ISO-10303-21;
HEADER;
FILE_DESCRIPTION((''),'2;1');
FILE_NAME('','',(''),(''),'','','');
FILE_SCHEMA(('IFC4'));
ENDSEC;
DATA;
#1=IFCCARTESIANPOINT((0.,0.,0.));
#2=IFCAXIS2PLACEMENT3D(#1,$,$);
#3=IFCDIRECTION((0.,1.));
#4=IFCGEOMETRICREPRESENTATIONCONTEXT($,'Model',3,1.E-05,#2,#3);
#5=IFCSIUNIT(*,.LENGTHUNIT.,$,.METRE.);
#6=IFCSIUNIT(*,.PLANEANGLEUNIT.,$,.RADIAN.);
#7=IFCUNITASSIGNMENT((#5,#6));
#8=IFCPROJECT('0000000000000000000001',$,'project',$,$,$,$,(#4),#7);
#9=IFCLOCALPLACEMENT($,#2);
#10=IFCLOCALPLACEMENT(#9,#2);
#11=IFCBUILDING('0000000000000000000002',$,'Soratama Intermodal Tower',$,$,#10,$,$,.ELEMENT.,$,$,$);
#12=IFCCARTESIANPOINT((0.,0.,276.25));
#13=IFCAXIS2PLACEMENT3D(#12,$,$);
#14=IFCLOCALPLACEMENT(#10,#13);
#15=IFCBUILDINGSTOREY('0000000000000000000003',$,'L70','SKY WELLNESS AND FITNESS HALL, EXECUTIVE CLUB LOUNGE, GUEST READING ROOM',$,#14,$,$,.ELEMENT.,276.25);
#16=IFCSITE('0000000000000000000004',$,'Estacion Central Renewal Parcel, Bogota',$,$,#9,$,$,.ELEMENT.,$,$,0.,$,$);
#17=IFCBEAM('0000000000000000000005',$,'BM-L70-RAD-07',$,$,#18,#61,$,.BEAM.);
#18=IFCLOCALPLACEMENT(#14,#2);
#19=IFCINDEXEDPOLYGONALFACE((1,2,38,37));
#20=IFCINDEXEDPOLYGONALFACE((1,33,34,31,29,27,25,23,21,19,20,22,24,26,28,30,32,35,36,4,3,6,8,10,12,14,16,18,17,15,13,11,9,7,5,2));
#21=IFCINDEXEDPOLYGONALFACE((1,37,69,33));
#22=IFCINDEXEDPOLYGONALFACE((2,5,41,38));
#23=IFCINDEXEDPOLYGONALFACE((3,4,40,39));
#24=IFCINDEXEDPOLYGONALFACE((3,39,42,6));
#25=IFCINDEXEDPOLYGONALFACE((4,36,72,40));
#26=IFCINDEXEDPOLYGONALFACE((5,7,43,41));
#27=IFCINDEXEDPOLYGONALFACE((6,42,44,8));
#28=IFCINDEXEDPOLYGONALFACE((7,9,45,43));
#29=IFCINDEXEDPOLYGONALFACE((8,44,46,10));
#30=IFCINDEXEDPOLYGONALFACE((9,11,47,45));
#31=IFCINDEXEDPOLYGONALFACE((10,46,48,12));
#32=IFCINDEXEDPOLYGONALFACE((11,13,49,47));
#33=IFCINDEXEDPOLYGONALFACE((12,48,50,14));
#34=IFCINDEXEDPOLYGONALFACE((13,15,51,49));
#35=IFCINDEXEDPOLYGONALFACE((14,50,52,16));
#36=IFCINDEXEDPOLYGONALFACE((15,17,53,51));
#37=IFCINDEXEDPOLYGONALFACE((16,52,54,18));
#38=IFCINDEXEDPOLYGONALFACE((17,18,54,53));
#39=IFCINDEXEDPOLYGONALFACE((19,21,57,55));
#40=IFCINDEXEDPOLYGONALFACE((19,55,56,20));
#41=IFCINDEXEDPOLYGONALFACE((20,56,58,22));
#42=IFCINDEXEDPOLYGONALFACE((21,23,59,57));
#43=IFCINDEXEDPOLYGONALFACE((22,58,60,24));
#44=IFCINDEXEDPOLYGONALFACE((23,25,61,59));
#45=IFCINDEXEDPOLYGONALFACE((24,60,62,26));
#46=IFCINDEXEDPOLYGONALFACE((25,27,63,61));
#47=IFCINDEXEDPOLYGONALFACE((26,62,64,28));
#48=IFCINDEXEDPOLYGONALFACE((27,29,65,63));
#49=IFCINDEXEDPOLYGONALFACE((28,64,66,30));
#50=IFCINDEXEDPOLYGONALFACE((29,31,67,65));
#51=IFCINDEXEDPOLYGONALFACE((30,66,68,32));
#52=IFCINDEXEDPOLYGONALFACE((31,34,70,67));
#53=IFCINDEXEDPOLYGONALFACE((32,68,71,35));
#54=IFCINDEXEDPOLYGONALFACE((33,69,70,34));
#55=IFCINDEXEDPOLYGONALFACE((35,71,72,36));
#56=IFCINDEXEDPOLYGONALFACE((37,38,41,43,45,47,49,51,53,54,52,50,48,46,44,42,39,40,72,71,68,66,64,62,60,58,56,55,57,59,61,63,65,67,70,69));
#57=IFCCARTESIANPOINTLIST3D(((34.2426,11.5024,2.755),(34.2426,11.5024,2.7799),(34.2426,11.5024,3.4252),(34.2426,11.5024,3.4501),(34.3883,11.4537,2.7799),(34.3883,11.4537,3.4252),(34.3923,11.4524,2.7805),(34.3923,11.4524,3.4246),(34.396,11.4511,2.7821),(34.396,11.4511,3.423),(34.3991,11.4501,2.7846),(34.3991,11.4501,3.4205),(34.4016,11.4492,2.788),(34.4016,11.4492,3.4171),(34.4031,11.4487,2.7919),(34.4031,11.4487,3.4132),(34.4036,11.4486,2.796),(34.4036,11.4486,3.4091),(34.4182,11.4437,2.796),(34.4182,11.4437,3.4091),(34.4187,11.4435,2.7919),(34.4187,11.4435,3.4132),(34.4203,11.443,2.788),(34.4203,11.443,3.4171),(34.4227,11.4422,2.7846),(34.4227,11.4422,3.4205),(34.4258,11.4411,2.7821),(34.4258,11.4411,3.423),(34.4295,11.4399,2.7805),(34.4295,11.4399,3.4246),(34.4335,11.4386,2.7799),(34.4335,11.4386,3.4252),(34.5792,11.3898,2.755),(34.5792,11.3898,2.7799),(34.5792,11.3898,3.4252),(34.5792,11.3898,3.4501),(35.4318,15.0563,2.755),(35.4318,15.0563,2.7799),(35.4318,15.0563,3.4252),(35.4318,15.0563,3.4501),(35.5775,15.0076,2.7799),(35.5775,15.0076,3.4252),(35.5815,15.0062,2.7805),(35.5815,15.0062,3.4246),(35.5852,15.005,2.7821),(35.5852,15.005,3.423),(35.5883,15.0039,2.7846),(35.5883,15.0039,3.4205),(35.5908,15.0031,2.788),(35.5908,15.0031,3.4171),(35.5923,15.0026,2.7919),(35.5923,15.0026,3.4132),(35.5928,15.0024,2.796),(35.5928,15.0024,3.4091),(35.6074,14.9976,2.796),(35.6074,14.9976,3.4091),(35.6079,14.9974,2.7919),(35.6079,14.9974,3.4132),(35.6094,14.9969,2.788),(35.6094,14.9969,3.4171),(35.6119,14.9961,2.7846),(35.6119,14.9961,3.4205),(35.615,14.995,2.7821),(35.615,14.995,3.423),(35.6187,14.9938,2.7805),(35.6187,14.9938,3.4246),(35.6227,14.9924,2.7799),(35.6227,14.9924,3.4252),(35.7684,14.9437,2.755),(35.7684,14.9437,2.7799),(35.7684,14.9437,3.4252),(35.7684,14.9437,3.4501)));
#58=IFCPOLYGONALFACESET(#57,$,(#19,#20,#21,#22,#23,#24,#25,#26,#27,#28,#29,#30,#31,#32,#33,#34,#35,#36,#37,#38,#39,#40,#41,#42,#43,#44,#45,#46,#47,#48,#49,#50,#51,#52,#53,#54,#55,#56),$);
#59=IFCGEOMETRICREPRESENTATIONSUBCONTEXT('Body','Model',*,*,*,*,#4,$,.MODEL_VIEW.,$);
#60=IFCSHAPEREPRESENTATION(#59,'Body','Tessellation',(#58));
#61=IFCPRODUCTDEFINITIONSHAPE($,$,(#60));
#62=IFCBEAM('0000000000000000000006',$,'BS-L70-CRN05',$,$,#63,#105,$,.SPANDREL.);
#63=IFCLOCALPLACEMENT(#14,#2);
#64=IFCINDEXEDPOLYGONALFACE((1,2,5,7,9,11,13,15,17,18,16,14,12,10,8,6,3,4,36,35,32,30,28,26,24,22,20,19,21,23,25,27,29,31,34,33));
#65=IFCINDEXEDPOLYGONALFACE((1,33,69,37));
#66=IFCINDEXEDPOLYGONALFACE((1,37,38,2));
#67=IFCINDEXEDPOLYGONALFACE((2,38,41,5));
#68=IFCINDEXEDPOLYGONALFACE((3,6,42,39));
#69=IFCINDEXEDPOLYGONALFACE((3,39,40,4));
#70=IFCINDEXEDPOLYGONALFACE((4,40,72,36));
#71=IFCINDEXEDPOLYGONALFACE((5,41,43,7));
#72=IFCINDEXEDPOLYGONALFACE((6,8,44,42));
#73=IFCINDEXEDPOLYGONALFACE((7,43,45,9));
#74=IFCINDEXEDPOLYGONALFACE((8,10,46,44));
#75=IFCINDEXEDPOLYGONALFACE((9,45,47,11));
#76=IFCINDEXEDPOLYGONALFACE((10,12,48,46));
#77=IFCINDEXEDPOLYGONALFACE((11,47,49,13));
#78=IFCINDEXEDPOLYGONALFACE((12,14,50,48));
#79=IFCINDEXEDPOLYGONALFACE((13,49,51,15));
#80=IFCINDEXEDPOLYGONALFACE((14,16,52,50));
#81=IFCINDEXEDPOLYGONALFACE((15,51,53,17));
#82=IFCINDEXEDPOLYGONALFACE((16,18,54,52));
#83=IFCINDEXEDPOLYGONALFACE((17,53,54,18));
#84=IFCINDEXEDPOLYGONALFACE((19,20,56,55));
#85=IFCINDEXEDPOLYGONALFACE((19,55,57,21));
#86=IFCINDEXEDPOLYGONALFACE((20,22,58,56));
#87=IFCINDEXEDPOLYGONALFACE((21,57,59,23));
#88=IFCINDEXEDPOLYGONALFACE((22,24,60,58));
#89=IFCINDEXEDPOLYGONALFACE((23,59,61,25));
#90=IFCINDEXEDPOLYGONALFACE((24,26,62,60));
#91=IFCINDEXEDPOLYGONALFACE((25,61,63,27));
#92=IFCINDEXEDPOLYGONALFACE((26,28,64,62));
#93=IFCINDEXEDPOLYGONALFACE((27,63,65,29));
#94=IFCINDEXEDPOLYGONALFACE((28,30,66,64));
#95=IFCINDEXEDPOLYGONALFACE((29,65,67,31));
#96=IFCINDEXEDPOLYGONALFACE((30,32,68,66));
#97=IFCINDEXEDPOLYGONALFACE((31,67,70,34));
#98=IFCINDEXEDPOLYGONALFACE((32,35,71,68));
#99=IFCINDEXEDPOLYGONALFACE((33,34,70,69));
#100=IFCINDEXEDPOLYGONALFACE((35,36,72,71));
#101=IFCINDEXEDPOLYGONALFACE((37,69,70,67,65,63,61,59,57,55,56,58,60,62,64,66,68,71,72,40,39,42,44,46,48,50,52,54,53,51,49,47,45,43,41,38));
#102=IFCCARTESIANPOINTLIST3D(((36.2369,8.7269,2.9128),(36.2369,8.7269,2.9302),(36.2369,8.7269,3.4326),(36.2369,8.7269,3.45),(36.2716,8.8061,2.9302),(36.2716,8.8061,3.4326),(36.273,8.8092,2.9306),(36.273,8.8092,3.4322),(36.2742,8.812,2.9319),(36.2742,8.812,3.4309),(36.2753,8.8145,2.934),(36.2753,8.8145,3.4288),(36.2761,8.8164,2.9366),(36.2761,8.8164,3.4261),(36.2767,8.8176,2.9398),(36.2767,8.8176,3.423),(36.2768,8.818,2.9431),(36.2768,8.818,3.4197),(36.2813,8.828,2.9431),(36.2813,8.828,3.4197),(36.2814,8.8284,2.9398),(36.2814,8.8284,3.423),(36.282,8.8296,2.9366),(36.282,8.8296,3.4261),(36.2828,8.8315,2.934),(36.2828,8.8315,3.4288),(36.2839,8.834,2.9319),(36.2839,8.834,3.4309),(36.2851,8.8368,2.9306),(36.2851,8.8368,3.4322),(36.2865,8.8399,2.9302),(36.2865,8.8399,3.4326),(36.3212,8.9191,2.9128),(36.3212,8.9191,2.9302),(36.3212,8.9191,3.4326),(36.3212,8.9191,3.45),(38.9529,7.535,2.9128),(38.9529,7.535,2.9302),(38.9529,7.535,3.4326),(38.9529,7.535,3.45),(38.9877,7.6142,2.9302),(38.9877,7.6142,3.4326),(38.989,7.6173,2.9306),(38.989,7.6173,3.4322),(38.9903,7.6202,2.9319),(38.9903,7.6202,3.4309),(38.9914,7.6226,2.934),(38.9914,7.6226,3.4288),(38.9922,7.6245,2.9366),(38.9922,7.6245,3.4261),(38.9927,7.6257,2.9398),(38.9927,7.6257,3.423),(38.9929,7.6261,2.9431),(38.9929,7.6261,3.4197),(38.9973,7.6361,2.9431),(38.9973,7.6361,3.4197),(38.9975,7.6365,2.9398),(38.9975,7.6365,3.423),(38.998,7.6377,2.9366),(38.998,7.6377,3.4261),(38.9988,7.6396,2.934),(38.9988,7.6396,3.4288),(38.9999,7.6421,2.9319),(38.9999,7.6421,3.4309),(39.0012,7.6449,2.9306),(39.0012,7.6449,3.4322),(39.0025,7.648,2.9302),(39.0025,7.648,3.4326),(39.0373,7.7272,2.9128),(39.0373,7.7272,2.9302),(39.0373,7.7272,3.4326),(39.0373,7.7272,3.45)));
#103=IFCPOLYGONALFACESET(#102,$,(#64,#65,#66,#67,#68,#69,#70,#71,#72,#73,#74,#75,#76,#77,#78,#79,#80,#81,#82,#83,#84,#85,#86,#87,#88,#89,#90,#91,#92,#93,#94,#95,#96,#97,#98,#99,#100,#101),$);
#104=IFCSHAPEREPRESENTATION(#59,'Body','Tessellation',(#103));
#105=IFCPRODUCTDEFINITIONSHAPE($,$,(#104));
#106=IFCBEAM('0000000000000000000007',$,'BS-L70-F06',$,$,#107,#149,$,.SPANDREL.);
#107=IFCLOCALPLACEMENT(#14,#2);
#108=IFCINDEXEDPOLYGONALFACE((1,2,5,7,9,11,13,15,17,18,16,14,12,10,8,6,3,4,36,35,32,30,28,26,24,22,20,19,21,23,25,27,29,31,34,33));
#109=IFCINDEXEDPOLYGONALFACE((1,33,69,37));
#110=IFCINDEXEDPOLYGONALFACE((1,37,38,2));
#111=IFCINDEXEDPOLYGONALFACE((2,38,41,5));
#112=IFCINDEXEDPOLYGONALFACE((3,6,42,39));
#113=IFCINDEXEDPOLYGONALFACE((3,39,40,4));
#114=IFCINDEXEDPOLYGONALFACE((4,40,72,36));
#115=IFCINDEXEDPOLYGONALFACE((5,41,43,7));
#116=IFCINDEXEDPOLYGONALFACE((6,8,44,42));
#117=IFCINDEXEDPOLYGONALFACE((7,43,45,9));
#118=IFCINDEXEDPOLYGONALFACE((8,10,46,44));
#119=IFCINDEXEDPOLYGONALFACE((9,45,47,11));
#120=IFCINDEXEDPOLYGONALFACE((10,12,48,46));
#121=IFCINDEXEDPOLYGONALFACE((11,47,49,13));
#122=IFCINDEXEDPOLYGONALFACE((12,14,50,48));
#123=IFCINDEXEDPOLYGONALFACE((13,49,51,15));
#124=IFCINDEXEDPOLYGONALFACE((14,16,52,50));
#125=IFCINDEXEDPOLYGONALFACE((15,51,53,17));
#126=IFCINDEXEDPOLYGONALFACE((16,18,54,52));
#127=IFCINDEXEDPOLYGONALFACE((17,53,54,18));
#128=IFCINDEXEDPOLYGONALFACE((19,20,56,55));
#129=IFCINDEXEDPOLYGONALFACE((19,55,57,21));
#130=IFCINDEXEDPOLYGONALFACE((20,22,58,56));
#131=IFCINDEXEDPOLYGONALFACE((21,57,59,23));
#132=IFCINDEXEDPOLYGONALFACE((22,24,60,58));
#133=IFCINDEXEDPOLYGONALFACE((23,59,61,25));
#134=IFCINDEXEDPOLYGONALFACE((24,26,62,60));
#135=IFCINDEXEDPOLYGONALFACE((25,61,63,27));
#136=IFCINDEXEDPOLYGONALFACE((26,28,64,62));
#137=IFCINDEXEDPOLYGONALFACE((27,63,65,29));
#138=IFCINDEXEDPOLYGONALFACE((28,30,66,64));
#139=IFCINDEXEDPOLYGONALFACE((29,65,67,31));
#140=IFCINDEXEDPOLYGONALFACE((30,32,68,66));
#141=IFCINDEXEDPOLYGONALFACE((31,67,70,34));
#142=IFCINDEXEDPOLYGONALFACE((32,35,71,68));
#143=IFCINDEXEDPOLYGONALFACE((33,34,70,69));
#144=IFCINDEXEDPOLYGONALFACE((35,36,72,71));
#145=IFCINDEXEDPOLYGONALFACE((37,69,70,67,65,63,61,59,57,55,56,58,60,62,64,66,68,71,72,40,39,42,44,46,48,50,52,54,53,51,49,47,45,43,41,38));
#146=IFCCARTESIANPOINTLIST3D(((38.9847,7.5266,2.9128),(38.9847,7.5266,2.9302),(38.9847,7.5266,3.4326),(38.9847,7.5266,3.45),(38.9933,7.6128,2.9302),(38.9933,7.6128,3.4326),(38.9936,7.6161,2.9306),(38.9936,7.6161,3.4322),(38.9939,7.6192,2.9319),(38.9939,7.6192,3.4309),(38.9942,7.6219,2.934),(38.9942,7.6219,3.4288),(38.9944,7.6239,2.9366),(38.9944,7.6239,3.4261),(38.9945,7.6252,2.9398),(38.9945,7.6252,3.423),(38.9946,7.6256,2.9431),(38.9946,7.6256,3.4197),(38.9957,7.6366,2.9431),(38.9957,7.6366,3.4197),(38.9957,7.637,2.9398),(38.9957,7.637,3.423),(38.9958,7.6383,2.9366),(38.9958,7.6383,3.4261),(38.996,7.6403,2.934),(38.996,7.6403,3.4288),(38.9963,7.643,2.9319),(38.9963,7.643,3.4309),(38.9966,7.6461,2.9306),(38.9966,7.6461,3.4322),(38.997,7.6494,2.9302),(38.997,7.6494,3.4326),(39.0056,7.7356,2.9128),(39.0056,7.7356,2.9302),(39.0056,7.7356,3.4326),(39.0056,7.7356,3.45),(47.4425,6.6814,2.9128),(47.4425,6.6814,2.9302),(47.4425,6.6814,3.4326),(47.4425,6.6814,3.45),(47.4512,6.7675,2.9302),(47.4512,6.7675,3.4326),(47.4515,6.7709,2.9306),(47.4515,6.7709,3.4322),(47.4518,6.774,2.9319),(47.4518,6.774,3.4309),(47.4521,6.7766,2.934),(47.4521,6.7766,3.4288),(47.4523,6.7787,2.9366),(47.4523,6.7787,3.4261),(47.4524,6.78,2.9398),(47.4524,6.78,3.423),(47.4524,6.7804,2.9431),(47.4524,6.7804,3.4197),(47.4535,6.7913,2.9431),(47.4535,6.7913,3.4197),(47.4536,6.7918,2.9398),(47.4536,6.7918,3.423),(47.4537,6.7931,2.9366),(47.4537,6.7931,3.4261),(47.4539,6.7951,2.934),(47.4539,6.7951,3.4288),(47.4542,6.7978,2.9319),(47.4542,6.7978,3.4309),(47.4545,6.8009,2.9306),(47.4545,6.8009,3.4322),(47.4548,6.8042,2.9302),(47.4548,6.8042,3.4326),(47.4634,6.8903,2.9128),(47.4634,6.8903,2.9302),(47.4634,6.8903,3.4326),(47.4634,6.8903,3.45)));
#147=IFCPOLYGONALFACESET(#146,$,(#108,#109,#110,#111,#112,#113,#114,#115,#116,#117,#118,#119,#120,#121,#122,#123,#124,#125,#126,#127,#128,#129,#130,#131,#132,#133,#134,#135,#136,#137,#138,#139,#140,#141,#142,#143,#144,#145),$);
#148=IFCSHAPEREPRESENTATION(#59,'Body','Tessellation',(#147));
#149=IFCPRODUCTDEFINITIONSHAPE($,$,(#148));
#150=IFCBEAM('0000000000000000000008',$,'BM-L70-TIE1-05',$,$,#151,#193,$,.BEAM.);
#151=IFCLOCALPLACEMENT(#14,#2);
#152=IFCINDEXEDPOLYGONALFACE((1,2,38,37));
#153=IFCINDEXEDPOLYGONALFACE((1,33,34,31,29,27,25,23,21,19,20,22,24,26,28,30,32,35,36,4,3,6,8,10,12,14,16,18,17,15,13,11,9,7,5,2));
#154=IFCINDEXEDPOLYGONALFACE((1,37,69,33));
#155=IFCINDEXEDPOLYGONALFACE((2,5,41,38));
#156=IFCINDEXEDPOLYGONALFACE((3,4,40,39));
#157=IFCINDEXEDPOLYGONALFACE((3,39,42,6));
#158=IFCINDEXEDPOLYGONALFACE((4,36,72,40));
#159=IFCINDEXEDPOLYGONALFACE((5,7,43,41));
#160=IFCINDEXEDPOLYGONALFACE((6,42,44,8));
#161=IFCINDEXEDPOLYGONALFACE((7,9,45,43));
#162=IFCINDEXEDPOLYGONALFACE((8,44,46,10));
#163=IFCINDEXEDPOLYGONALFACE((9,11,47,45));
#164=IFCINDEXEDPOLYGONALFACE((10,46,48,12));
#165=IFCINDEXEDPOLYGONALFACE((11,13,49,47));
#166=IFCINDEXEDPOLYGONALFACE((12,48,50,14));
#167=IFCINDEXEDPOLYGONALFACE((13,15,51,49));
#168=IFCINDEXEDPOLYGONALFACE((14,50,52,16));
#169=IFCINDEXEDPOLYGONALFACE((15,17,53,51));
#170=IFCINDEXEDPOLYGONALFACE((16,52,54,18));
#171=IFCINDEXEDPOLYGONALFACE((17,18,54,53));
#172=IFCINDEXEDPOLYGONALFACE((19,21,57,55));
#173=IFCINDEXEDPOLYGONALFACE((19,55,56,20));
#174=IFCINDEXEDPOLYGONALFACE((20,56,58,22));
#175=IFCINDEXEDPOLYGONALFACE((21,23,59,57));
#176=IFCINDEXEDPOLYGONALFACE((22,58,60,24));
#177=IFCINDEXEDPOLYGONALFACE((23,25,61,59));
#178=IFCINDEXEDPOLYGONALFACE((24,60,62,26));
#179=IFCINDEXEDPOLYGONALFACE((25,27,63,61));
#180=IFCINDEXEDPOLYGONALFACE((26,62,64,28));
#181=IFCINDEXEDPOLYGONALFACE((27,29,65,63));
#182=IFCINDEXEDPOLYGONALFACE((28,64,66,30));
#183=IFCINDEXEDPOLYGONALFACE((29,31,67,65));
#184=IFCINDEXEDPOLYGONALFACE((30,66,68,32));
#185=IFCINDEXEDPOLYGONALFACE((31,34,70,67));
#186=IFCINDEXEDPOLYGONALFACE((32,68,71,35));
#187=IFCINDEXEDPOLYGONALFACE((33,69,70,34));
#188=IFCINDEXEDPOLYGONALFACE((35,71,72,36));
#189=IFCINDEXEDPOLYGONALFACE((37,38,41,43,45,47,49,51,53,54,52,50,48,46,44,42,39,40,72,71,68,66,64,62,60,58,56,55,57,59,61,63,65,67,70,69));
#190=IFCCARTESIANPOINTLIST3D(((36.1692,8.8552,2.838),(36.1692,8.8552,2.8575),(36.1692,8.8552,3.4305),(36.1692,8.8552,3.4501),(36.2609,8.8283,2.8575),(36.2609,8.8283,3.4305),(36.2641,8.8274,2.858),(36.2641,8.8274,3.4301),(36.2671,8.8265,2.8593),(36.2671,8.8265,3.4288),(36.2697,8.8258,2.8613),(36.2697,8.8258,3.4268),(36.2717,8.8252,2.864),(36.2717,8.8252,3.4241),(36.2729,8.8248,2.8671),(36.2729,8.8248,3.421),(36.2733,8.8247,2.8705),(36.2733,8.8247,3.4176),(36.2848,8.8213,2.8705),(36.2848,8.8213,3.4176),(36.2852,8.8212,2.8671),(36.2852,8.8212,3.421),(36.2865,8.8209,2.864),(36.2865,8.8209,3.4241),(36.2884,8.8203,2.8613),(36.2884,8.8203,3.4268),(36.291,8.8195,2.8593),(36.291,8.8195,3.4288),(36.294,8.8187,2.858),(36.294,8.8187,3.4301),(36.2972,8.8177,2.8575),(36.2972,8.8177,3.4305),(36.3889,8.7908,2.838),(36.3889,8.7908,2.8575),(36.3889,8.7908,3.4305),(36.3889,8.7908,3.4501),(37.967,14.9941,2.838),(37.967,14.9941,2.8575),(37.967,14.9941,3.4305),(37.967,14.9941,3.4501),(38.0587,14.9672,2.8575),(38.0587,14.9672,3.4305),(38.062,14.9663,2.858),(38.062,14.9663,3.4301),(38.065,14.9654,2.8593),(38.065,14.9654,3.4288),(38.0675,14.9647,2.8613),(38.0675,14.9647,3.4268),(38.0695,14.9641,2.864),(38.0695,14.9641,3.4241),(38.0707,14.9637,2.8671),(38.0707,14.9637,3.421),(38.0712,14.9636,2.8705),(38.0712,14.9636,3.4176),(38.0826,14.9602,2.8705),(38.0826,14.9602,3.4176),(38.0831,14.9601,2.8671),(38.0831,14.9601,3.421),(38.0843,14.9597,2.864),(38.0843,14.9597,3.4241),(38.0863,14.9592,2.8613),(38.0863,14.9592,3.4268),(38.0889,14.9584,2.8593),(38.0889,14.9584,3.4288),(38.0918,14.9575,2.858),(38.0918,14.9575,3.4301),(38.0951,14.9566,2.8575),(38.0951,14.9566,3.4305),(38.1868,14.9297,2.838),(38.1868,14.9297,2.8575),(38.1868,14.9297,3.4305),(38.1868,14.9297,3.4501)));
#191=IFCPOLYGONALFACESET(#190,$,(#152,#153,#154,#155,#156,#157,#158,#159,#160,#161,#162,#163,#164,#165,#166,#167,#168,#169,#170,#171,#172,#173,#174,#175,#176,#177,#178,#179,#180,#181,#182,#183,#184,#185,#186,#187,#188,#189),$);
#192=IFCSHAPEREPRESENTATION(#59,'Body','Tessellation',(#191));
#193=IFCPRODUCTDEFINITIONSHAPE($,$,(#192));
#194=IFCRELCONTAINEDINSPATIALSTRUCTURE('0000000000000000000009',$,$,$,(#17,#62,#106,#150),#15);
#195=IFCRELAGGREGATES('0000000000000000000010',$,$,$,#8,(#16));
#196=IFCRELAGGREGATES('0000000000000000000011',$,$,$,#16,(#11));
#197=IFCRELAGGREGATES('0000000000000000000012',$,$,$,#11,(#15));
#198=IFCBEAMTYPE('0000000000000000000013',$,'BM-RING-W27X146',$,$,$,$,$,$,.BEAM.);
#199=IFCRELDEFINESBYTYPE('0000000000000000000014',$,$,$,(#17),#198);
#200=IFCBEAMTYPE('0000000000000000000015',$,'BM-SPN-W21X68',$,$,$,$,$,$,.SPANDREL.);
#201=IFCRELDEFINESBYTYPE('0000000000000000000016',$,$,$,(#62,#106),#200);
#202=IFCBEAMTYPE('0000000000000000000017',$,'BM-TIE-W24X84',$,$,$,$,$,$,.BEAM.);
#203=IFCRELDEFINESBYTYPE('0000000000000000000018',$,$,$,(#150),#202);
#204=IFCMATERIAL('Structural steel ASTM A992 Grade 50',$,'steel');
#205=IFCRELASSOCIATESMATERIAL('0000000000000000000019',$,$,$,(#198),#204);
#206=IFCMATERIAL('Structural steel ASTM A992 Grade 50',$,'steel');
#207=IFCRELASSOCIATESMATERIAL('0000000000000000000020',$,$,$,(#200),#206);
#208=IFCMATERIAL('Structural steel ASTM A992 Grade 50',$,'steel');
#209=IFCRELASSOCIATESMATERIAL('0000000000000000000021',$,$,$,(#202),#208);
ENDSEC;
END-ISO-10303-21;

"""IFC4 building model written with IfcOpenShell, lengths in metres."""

from ifc_helpers import new_model, si_unit, direction, frame, origin, origin_2d, place, context, subcontext, project, spatial, i_section, extrude, material, material_profile, profile_set, type_object, element, save


model = new_model("IFC4")

# Units and contexts
model_context = context("Model", 3, precision=1e-05, world=origin(), true_north=direction((0.0, 1.0)))
body_context = subcontext(model_context, "Body", "Model", "MODEL_VIEW")
ifc_project = project(units=[si_unit("LENGTHUNIT", "METRE"), si_unit("PLANEANGLEUNIT", "RADIAN")], contexts=[model_context])

# Site, building, storey
site_placement = place(None, origin())
site = spatial("IfcSite", under=ifc_project, at=site_placement, Name="Estacion Central Renewal Parcel, Bogota", CompositionType="ELEMENT", RefElevation=0.0)
building_placement = place(site_placement, origin())
building = spatial("IfcBuilding", under=site, at=building_placement, Name="Soratama Intermodal Tower", CompositionType="ELEMENT")
storey_placement = place(building_placement, frame((0.0, 0.0, 276.25)))
storey = spatial("IfcBuildingStorey", under=building, at=storey_placement, Name="L70", Description="SKY WELLNESS AND FITNESS HALL, EXECUTIVE CLUB LOUNGE, GUEST READING ROOM", CompositionType="ELEMENT", Elevation=276.25)

# Beams
ifc_material_1 = material(Name="Structural steel ASTM A992 Grade 50", Category="steel")
ifc_material_profile_1 = material_profile(ifc_material_1, i_section(OverallWidth=0.355, OverallDepth=0.6951, WebThickness=0.0154, FlangeThickness=0.0249, FilletRadius=0.0161, at=origin_2d()), Name="W27X146")
ifc_profile_set_1 = profile_set([ifc_material_profile_1], Name="Structural steel ASTM A992 Grade 50")
beam_type_1 = type_object("IfcBeamType", Name="BM-RING-W27X146", PredefinedType="BEAM", material=ifc_profile_set_1)
beam_1_placement = place(storey_placement, frame((35.6001, 15.0, 3.1025), z_axis=(-0.317322, -0.948318, 0.0), x_axis=(0.948318, -0.317322, 0.0)))
element("IfcBeam", 1, at=beam_1_placement, inside=storey, type_object=beam_type_1, Name="BM-L70-RAD-07", PredefinedType="BEAM", context=body_context, shape_type="SweptSolid", body=[
    extrude(i_section(OverallWidth=0.355, OverallDepth=0.6951, WebThickness=0.0154, FlangeThickness=0.0249, FilletRadius=0.0161, at=origin_2d()), origin(), (0.0, 0.0, 1.0), 3.7476),
])
ifc_material_2 = material(Name="Structural steel ASTM A992 Grade 50", Category="steel")
ifc_material_profile_2 = material_profile(ifc_material_2, i_section(OverallWidth=0.21, OverallDepth=0.5371, WebThickness=0.011, FlangeThickness=0.0173, FilletRadius=0.0129, at=origin_2d()), Name="W21X68")
ifc_profile_set_2 = profile_set([ifc_material_profile_2], Name="Structural steel ASTM A992 Grade 50")
beam_type_2 = type_object("IfcBeamType", Name="BM-SPN-W21X68", PredefinedType="SPANDREL", material=ifc_profile_set_2)
beam_2_placement = place(storey_placement, frame((36.2791, 8.823, 3.1814), z_axis=(0.915709, -0.401842, 0.0), x_axis=(0.401842, 0.915709, 0.0)))
element("IfcBeam", 2, at=beam_2_placement, inside=storey, type_object=beam_type_2, Name="BS-L70-CRN05", PredefinedType="SPANDREL", context=body_context, shape_type="SweptSolid", body=[
    extrude(i_section(OverallWidth=0.21, OverallDepth=0.5371, WebThickness=0.011, FlangeThickness=0.0173, FilletRadius=0.0129, at=origin_2d()), origin(), (0.0, 0.0, 1.0), 2.9661),
])
beam_3_placement = place(storey_placement, frame((38.9951, 7.6311, 3.1814), z_axis=(0.995044, -0.099438, 0.0), x_axis=(0.099438, 0.995044, 0.0)))
element("IfcBeam", 3, at=beam_3_placement, inside=storey, type_object=beam_type_2, Name="BS-L70-F06", PredefinedType="SPANDREL", context=body_context, shape_type="SweptSolid", body=[
    extrude(i_section(OverallWidth=0.21, OverallDepth=0.5371, WebThickness=0.011, FlangeThickness=0.0173, FilletRadius=0.0129, at=origin_2d()), origin(), (0.0, 0.0, 1.0), 8.5),
])
ifc_material_3 = material(Name="Structural steel ASTM A992 Grade 50", Category="steel")
ifc_material_profile_3 = material_profile(ifc_material_3, i_section(OverallWidth=0.229, OverallDepth=0.6121, WebThickness=0.012, FlangeThickness=0.0195, FilletRadius=0.0129, at=origin_2d()), Name="W24X84")
ifc_profile_set_3 = profile_set([ifc_material_profile_3], Name="Structural steel ASTM A992 Grade 50")
beam_type_3 = type_object("IfcBeamType", Name="BM-TIE-W24X84", PredefinedType="BEAM", material=ifc_profile_set_3)
beam_4_placement = place(storey_placement, frame((38.0769, 14.9619, 3.144), z_axis=(-0.281057, -0.959691, 0.0), x_axis=(0.959691, -0.281057, 0.0)))
element("IfcBeam", 4, at=beam_4_placement, inside=storey, type_object=beam_type_3, Name="BM-L70-TIE1-05", PredefinedType="BEAM", context=body_context, shape_type="SweptSolid", body=[
    extrude(i_section(OverallWidth=0.229, OverallDepth=0.6121, WebThickness=0.012, FlangeThickness=0.0195, FilletRadius=0.0129, at=origin_2d()), origin(), (0.0, 0.0, 1.0), 6.3967),
])

save(model, "model.ifc")
